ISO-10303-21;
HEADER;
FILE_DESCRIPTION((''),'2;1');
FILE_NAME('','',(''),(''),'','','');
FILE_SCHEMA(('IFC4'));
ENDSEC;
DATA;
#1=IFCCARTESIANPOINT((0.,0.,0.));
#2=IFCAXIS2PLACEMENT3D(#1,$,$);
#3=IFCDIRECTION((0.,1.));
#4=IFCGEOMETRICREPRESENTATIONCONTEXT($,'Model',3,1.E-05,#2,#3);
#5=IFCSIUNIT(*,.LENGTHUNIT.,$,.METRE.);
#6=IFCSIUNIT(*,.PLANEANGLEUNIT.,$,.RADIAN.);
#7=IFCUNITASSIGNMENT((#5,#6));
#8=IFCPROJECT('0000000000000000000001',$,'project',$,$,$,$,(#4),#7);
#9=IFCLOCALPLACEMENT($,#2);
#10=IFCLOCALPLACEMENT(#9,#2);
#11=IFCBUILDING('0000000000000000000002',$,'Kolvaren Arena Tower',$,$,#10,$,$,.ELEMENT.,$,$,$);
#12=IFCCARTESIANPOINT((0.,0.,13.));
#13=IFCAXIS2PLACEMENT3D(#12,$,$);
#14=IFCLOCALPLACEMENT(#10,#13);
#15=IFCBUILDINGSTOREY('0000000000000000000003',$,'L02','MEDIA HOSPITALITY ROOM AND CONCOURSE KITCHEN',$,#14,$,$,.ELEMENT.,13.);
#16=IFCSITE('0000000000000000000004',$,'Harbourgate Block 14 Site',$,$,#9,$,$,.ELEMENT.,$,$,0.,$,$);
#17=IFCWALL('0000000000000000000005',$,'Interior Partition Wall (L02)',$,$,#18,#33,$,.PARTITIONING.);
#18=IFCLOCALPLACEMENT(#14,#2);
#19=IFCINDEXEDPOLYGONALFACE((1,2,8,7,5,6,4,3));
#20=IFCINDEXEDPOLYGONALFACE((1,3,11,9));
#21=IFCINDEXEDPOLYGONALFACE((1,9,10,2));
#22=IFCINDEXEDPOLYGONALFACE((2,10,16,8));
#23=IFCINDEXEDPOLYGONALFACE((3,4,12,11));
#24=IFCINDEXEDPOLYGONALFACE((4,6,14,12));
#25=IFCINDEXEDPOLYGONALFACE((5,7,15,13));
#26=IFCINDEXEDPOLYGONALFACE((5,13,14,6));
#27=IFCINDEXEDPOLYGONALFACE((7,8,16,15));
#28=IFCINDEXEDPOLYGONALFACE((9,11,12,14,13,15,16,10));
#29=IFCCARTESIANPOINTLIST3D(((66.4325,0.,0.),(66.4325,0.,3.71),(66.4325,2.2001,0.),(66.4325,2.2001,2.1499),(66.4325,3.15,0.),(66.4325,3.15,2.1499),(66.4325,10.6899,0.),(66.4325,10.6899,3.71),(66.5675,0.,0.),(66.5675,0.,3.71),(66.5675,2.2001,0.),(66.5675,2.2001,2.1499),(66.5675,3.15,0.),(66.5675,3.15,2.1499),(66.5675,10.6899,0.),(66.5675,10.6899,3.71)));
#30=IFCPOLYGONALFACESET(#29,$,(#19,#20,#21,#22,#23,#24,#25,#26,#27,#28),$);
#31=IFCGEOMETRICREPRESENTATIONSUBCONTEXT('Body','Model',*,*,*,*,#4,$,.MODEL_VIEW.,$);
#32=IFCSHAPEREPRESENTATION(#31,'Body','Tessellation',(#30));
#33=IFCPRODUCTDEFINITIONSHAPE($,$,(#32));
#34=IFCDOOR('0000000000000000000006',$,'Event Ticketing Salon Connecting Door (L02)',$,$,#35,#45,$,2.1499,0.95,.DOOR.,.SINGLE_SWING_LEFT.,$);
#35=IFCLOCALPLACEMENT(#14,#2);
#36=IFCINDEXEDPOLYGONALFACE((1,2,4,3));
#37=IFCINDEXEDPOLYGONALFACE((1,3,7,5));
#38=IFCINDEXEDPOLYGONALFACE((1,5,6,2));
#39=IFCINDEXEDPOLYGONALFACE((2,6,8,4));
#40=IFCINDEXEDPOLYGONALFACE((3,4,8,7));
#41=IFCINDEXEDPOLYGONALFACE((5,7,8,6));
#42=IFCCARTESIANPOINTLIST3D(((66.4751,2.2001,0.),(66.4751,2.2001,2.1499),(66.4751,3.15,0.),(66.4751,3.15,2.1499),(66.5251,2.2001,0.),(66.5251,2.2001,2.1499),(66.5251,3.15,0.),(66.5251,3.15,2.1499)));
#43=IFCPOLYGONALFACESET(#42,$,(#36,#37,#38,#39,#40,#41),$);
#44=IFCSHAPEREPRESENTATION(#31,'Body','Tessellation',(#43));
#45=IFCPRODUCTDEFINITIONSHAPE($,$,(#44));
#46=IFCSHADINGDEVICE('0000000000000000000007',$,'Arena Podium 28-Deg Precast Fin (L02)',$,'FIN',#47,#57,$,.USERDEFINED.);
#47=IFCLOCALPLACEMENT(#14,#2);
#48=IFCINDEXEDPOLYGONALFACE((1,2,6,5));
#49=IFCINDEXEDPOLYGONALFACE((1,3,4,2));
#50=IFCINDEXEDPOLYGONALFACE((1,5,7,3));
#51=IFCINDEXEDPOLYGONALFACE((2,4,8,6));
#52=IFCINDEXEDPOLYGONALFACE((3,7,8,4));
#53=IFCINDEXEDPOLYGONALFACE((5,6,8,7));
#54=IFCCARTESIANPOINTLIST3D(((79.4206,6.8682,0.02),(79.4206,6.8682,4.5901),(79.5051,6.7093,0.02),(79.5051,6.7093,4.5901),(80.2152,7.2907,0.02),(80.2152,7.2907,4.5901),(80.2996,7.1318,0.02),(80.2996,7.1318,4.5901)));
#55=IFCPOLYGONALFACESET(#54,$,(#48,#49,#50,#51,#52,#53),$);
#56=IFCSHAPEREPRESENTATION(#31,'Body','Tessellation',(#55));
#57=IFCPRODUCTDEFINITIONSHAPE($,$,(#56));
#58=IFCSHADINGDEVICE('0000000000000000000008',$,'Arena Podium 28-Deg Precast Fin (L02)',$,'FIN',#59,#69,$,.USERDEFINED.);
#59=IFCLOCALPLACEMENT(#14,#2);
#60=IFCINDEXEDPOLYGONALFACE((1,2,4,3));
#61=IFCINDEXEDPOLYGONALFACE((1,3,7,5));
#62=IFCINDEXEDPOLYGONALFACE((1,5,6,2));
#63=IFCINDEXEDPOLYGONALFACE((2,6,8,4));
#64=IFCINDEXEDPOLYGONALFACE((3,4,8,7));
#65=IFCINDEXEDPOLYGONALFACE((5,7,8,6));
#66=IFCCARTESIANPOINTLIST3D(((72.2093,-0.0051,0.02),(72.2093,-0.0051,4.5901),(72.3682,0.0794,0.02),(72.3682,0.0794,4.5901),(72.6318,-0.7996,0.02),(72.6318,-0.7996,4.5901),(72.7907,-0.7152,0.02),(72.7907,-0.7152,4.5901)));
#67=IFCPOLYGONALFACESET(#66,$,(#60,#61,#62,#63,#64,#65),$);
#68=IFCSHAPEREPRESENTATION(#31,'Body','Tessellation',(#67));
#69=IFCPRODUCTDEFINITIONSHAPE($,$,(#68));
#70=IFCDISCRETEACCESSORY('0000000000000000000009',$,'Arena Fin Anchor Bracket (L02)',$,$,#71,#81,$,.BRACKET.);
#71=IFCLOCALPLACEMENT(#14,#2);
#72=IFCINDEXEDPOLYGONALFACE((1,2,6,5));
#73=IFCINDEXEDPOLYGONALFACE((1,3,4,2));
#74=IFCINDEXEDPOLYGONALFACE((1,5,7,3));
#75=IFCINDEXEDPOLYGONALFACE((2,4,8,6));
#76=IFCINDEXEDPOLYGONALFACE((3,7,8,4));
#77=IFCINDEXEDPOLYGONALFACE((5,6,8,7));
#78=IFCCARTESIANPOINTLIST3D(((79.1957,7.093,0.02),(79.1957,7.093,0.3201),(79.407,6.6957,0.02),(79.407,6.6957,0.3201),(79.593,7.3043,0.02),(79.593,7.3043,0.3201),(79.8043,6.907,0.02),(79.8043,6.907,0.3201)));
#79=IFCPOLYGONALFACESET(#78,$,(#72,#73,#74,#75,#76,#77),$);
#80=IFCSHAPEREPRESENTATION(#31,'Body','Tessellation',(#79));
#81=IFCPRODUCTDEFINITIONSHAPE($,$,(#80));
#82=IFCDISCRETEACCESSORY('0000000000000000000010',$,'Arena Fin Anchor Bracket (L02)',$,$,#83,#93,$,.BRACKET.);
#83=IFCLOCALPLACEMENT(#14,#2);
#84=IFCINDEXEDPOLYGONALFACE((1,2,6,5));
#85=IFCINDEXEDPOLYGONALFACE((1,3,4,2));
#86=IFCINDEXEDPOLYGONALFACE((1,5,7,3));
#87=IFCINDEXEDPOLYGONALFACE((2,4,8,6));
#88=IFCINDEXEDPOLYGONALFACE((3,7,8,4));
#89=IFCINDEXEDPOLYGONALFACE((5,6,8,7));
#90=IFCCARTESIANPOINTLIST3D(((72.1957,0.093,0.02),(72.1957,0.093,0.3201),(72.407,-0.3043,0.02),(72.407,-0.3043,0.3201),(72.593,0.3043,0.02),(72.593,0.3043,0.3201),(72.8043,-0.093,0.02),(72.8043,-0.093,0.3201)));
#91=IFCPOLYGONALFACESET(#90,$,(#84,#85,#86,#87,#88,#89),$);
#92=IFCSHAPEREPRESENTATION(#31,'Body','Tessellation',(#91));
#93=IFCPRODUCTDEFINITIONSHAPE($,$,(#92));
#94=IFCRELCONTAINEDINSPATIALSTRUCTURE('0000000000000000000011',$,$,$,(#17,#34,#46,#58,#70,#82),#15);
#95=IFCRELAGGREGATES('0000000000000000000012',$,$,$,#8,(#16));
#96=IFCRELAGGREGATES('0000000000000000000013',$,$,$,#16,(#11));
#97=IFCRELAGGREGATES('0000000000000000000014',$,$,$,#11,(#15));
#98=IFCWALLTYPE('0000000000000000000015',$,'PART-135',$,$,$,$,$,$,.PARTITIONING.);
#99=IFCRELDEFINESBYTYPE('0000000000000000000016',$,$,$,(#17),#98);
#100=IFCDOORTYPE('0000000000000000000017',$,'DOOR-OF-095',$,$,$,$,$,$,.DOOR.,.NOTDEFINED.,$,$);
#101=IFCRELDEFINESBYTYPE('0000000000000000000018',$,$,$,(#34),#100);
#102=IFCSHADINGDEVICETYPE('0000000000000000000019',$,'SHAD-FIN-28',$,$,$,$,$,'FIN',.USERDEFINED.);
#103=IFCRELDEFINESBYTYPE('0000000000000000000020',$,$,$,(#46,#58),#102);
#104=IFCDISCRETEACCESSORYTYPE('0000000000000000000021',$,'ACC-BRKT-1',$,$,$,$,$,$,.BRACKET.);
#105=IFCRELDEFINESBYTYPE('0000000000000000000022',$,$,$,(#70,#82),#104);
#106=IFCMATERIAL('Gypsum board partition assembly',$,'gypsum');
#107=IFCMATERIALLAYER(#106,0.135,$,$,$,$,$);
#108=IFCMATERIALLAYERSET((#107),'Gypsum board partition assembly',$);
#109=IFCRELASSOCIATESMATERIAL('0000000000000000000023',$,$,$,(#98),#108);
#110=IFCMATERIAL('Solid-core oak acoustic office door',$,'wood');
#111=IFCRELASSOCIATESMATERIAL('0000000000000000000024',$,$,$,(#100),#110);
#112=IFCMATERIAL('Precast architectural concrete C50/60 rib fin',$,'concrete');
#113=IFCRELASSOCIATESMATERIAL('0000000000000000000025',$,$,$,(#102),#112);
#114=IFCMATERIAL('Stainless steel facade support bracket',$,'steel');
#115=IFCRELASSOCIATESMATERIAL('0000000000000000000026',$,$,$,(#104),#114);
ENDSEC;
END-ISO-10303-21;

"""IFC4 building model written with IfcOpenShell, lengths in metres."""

from ifc_helpers import new_model, si_unit, direction, frame, frame_2d, origin, origin_2d, place, context, subcontext, project, spatial, rectangle, extrude, material, layer, layer_set, type_object, element, fill, save


model = new_model("IFC4")

# Units and contexts
model_context = context("Model", 3, precision=1e-05, world=origin(), true_north=direction((0.0, 1.0)))
body_context = subcontext(model_context, "Body", "Model", "MODEL_VIEW")
ifc_project = project(units=[si_unit("LENGTHUNIT", "METRE"), si_unit("PLANEANGLEUNIT", "RADIAN")], contexts=[model_context])

# Site, building, storey
site_placement = place(None, origin())
site = spatial("IfcSite", under=ifc_project, at=site_placement, Name="Harbourgate Block 14 Site", CompositionType="ELEMENT", RefElevation=0.0)
building_placement = place(site_placement, origin())
building = spatial("IfcBuilding", under=site, at=building_placement, Name="Kolvaren Arena Tower", CompositionType="ELEMENT")
storey_placement = place(building_placement, frame((0.0, 0.0, 13.0)))
storey = spatial("IfcBuildingStorey", under=building, at=storey_placement, Name="L02", Description="MEDIA HOSPITALITY ROOM AND CONCOURSE KITCHEN", CompositionType="ELEMENT", Elevation=13.0)

# Wall, opening, door
ifc_material_1 = material(Name="Gypsum board partition assembly", Category="gypsum")
ifc_layer_1 = layer(ifc_material_1, 0.135)
ifc_layer_set_1 = layer_set([ifc_layer_1], Name="Gypsum board partition assembly")
wall_type_1 = type_object("IfcWallType", Name="PART-135", PredefinedType="PARTITIONING", material=ifc_layer_set_1)
wall_1_placement = place(storey_placement, frame((66.5, 0.0, 0.0), z_axis=(0.0, 0.0, 1.0), x_axis=(0.0, 1.0, 0.0)))
wall_1 = element("IfcWall", 1, at=wall_1_placement, inside=storey, type_object=wall_type_1, Name="Interior Partition Wall (L02)", PredefinedType="PARTITIONING", context=body_context, shape_type="SweptSolid", body=[
    extrude(rectangle(XDim=10.6899, YDim=0.135, at=frame_2d((5.345, 0.0))), origin(), (0.0, 0.0, 1.0), 3.71),
])
opening_1_placement = place(wall_1_placement, frame((2.2, 0.0, 0.0)))
opening_1 = element("IfcOpeningElement", 2, at=opening_1_placement, cuts=wall_1, PredefinedType="OPENING", context=body_context, shape_type="SweptSolid", body=[
    extrude(rectangle(XDim=0.95, YDim=2.1499, at=frame_2d((0.4751, 1.075))), frame((0.0, 0.0774, 0.0), z_axis=(0.0, -1.0, 0.0), x_axis=(1.0, 0.0, 0.0)), (0.0, 0.0, 1.0), 0.155),
])
ifc_material_2 = material(Name="Solid-core oak acoustic office door", Category="wood")
door_type = type_object("IfcDoorType", Name="DOOR-OF-095", OperationType="NOTDEFINED", PredefinedType="DOOR", material=ifc_material_2)
door_placement = place(opening_1_placement, origin())
door = element("IfcDoor", 3, at=door_placement, inside=storey, type_object=door_type, Name="Event Ticketing Salon Connecting Door (L02)", OperationType="SINGLE_SWING_LEFT", OverallHeight=2.1499, OverallWidth=0.95, PredefinedType="DOOR", context=body_context, shape_type="SweptSolid", body=[
    extrude(rectangle(XDim=0.95, YDim=2.1499, at=frame_2d((0.4751, 1.075))), frame((0.0, 0.0249, 0.0), z_axis=(0.0, -1.0, 0.0), x_axis=(1.0, 0.0, 0.0)), (0.0, 0.0, 1.0), 0.05),
])
fill(opening_1, door)

# Shading devices
ifc_material_3 = material(Name="Precast architectural concrete C50/60 rib fin", Category="concrete")
shading_device_type = type_object("IfcShadingDeviceType", Name="SHAD-FIN-28", ElementType="FIN", PredefinedType="USERDEFINED", material=ifc_material_3)
for number, where, z_axis, x_axis, name in (
    (4, (79.8601, 7.0, 0.02), (0.0, 0.0, 1.0), (0.882948, 0.469472, 0.0), "Arena Podium 28-Deg Precast Fin (L02)"),
    (5, (72.5, -0.3601, 0.02), (0.0, 0.0, 1.0), (0.469472, -0.882948, 0.0), "Arena Podium 28-Deg Precast Fin (L02)"),
):
    element("IfcShadingDevice", number, at=place(storey_placement, frame(where, z_axis=z_axis, x_axis=x_axis)), inside=storey, type_object=shading_device_type, Name=name, ObjectType="FIN", PredefinedType="USERDEFINED", context=body_context, shape_type="SweptSolid", body=[
        extrude(rectangle(XDim=0.8999, YDim=0.1799, at=origin_2d()), origin(), (0.0, 0.0, 1.0), 4.5701),
    ])

# Discrete accessories
ifc_material_4 = material(Name="Stainless steel facade support bracket", Category="steel")
discrete_accessory_type = type_object("IfcDiscreteAccessoryType", Name="ACC-BRKT-1", PredefinedType="BRACKET", material=ifc_material_4)
for number, where, z_axis, x_axis, name in (
    (6, (79.5, 7.0, 0.02), (0.0, 0.0, 1.0), (0.882948, 0.469472, 0.0), "Arena Fin Anchor Bracket (L02)"),
    (7, (72.5, 0.0, 0.02), (0.0, 0.0, 1.0), (0.469472, -0.882948, 0.0), "Arena Fin Anchor Bracket (L02)"),
):
    element("IfcDiscreteAccessory", number, at=place(storey_placement, frame(where, z_axis=z_axis, x_axis=x_axis)), inside=storey, type_object=discrete_accessory_type, Name=name, PredefinedType="BRACKET", context=body_context, shape_type="SweptSolid", body=[
        extrude(rectangle(XDim=0.45, YDim=0.45, at=origin_2d()), origin(), (0.0, 0.0, 1.0), 0.3),
    ])

save(model, "model.ifc")
